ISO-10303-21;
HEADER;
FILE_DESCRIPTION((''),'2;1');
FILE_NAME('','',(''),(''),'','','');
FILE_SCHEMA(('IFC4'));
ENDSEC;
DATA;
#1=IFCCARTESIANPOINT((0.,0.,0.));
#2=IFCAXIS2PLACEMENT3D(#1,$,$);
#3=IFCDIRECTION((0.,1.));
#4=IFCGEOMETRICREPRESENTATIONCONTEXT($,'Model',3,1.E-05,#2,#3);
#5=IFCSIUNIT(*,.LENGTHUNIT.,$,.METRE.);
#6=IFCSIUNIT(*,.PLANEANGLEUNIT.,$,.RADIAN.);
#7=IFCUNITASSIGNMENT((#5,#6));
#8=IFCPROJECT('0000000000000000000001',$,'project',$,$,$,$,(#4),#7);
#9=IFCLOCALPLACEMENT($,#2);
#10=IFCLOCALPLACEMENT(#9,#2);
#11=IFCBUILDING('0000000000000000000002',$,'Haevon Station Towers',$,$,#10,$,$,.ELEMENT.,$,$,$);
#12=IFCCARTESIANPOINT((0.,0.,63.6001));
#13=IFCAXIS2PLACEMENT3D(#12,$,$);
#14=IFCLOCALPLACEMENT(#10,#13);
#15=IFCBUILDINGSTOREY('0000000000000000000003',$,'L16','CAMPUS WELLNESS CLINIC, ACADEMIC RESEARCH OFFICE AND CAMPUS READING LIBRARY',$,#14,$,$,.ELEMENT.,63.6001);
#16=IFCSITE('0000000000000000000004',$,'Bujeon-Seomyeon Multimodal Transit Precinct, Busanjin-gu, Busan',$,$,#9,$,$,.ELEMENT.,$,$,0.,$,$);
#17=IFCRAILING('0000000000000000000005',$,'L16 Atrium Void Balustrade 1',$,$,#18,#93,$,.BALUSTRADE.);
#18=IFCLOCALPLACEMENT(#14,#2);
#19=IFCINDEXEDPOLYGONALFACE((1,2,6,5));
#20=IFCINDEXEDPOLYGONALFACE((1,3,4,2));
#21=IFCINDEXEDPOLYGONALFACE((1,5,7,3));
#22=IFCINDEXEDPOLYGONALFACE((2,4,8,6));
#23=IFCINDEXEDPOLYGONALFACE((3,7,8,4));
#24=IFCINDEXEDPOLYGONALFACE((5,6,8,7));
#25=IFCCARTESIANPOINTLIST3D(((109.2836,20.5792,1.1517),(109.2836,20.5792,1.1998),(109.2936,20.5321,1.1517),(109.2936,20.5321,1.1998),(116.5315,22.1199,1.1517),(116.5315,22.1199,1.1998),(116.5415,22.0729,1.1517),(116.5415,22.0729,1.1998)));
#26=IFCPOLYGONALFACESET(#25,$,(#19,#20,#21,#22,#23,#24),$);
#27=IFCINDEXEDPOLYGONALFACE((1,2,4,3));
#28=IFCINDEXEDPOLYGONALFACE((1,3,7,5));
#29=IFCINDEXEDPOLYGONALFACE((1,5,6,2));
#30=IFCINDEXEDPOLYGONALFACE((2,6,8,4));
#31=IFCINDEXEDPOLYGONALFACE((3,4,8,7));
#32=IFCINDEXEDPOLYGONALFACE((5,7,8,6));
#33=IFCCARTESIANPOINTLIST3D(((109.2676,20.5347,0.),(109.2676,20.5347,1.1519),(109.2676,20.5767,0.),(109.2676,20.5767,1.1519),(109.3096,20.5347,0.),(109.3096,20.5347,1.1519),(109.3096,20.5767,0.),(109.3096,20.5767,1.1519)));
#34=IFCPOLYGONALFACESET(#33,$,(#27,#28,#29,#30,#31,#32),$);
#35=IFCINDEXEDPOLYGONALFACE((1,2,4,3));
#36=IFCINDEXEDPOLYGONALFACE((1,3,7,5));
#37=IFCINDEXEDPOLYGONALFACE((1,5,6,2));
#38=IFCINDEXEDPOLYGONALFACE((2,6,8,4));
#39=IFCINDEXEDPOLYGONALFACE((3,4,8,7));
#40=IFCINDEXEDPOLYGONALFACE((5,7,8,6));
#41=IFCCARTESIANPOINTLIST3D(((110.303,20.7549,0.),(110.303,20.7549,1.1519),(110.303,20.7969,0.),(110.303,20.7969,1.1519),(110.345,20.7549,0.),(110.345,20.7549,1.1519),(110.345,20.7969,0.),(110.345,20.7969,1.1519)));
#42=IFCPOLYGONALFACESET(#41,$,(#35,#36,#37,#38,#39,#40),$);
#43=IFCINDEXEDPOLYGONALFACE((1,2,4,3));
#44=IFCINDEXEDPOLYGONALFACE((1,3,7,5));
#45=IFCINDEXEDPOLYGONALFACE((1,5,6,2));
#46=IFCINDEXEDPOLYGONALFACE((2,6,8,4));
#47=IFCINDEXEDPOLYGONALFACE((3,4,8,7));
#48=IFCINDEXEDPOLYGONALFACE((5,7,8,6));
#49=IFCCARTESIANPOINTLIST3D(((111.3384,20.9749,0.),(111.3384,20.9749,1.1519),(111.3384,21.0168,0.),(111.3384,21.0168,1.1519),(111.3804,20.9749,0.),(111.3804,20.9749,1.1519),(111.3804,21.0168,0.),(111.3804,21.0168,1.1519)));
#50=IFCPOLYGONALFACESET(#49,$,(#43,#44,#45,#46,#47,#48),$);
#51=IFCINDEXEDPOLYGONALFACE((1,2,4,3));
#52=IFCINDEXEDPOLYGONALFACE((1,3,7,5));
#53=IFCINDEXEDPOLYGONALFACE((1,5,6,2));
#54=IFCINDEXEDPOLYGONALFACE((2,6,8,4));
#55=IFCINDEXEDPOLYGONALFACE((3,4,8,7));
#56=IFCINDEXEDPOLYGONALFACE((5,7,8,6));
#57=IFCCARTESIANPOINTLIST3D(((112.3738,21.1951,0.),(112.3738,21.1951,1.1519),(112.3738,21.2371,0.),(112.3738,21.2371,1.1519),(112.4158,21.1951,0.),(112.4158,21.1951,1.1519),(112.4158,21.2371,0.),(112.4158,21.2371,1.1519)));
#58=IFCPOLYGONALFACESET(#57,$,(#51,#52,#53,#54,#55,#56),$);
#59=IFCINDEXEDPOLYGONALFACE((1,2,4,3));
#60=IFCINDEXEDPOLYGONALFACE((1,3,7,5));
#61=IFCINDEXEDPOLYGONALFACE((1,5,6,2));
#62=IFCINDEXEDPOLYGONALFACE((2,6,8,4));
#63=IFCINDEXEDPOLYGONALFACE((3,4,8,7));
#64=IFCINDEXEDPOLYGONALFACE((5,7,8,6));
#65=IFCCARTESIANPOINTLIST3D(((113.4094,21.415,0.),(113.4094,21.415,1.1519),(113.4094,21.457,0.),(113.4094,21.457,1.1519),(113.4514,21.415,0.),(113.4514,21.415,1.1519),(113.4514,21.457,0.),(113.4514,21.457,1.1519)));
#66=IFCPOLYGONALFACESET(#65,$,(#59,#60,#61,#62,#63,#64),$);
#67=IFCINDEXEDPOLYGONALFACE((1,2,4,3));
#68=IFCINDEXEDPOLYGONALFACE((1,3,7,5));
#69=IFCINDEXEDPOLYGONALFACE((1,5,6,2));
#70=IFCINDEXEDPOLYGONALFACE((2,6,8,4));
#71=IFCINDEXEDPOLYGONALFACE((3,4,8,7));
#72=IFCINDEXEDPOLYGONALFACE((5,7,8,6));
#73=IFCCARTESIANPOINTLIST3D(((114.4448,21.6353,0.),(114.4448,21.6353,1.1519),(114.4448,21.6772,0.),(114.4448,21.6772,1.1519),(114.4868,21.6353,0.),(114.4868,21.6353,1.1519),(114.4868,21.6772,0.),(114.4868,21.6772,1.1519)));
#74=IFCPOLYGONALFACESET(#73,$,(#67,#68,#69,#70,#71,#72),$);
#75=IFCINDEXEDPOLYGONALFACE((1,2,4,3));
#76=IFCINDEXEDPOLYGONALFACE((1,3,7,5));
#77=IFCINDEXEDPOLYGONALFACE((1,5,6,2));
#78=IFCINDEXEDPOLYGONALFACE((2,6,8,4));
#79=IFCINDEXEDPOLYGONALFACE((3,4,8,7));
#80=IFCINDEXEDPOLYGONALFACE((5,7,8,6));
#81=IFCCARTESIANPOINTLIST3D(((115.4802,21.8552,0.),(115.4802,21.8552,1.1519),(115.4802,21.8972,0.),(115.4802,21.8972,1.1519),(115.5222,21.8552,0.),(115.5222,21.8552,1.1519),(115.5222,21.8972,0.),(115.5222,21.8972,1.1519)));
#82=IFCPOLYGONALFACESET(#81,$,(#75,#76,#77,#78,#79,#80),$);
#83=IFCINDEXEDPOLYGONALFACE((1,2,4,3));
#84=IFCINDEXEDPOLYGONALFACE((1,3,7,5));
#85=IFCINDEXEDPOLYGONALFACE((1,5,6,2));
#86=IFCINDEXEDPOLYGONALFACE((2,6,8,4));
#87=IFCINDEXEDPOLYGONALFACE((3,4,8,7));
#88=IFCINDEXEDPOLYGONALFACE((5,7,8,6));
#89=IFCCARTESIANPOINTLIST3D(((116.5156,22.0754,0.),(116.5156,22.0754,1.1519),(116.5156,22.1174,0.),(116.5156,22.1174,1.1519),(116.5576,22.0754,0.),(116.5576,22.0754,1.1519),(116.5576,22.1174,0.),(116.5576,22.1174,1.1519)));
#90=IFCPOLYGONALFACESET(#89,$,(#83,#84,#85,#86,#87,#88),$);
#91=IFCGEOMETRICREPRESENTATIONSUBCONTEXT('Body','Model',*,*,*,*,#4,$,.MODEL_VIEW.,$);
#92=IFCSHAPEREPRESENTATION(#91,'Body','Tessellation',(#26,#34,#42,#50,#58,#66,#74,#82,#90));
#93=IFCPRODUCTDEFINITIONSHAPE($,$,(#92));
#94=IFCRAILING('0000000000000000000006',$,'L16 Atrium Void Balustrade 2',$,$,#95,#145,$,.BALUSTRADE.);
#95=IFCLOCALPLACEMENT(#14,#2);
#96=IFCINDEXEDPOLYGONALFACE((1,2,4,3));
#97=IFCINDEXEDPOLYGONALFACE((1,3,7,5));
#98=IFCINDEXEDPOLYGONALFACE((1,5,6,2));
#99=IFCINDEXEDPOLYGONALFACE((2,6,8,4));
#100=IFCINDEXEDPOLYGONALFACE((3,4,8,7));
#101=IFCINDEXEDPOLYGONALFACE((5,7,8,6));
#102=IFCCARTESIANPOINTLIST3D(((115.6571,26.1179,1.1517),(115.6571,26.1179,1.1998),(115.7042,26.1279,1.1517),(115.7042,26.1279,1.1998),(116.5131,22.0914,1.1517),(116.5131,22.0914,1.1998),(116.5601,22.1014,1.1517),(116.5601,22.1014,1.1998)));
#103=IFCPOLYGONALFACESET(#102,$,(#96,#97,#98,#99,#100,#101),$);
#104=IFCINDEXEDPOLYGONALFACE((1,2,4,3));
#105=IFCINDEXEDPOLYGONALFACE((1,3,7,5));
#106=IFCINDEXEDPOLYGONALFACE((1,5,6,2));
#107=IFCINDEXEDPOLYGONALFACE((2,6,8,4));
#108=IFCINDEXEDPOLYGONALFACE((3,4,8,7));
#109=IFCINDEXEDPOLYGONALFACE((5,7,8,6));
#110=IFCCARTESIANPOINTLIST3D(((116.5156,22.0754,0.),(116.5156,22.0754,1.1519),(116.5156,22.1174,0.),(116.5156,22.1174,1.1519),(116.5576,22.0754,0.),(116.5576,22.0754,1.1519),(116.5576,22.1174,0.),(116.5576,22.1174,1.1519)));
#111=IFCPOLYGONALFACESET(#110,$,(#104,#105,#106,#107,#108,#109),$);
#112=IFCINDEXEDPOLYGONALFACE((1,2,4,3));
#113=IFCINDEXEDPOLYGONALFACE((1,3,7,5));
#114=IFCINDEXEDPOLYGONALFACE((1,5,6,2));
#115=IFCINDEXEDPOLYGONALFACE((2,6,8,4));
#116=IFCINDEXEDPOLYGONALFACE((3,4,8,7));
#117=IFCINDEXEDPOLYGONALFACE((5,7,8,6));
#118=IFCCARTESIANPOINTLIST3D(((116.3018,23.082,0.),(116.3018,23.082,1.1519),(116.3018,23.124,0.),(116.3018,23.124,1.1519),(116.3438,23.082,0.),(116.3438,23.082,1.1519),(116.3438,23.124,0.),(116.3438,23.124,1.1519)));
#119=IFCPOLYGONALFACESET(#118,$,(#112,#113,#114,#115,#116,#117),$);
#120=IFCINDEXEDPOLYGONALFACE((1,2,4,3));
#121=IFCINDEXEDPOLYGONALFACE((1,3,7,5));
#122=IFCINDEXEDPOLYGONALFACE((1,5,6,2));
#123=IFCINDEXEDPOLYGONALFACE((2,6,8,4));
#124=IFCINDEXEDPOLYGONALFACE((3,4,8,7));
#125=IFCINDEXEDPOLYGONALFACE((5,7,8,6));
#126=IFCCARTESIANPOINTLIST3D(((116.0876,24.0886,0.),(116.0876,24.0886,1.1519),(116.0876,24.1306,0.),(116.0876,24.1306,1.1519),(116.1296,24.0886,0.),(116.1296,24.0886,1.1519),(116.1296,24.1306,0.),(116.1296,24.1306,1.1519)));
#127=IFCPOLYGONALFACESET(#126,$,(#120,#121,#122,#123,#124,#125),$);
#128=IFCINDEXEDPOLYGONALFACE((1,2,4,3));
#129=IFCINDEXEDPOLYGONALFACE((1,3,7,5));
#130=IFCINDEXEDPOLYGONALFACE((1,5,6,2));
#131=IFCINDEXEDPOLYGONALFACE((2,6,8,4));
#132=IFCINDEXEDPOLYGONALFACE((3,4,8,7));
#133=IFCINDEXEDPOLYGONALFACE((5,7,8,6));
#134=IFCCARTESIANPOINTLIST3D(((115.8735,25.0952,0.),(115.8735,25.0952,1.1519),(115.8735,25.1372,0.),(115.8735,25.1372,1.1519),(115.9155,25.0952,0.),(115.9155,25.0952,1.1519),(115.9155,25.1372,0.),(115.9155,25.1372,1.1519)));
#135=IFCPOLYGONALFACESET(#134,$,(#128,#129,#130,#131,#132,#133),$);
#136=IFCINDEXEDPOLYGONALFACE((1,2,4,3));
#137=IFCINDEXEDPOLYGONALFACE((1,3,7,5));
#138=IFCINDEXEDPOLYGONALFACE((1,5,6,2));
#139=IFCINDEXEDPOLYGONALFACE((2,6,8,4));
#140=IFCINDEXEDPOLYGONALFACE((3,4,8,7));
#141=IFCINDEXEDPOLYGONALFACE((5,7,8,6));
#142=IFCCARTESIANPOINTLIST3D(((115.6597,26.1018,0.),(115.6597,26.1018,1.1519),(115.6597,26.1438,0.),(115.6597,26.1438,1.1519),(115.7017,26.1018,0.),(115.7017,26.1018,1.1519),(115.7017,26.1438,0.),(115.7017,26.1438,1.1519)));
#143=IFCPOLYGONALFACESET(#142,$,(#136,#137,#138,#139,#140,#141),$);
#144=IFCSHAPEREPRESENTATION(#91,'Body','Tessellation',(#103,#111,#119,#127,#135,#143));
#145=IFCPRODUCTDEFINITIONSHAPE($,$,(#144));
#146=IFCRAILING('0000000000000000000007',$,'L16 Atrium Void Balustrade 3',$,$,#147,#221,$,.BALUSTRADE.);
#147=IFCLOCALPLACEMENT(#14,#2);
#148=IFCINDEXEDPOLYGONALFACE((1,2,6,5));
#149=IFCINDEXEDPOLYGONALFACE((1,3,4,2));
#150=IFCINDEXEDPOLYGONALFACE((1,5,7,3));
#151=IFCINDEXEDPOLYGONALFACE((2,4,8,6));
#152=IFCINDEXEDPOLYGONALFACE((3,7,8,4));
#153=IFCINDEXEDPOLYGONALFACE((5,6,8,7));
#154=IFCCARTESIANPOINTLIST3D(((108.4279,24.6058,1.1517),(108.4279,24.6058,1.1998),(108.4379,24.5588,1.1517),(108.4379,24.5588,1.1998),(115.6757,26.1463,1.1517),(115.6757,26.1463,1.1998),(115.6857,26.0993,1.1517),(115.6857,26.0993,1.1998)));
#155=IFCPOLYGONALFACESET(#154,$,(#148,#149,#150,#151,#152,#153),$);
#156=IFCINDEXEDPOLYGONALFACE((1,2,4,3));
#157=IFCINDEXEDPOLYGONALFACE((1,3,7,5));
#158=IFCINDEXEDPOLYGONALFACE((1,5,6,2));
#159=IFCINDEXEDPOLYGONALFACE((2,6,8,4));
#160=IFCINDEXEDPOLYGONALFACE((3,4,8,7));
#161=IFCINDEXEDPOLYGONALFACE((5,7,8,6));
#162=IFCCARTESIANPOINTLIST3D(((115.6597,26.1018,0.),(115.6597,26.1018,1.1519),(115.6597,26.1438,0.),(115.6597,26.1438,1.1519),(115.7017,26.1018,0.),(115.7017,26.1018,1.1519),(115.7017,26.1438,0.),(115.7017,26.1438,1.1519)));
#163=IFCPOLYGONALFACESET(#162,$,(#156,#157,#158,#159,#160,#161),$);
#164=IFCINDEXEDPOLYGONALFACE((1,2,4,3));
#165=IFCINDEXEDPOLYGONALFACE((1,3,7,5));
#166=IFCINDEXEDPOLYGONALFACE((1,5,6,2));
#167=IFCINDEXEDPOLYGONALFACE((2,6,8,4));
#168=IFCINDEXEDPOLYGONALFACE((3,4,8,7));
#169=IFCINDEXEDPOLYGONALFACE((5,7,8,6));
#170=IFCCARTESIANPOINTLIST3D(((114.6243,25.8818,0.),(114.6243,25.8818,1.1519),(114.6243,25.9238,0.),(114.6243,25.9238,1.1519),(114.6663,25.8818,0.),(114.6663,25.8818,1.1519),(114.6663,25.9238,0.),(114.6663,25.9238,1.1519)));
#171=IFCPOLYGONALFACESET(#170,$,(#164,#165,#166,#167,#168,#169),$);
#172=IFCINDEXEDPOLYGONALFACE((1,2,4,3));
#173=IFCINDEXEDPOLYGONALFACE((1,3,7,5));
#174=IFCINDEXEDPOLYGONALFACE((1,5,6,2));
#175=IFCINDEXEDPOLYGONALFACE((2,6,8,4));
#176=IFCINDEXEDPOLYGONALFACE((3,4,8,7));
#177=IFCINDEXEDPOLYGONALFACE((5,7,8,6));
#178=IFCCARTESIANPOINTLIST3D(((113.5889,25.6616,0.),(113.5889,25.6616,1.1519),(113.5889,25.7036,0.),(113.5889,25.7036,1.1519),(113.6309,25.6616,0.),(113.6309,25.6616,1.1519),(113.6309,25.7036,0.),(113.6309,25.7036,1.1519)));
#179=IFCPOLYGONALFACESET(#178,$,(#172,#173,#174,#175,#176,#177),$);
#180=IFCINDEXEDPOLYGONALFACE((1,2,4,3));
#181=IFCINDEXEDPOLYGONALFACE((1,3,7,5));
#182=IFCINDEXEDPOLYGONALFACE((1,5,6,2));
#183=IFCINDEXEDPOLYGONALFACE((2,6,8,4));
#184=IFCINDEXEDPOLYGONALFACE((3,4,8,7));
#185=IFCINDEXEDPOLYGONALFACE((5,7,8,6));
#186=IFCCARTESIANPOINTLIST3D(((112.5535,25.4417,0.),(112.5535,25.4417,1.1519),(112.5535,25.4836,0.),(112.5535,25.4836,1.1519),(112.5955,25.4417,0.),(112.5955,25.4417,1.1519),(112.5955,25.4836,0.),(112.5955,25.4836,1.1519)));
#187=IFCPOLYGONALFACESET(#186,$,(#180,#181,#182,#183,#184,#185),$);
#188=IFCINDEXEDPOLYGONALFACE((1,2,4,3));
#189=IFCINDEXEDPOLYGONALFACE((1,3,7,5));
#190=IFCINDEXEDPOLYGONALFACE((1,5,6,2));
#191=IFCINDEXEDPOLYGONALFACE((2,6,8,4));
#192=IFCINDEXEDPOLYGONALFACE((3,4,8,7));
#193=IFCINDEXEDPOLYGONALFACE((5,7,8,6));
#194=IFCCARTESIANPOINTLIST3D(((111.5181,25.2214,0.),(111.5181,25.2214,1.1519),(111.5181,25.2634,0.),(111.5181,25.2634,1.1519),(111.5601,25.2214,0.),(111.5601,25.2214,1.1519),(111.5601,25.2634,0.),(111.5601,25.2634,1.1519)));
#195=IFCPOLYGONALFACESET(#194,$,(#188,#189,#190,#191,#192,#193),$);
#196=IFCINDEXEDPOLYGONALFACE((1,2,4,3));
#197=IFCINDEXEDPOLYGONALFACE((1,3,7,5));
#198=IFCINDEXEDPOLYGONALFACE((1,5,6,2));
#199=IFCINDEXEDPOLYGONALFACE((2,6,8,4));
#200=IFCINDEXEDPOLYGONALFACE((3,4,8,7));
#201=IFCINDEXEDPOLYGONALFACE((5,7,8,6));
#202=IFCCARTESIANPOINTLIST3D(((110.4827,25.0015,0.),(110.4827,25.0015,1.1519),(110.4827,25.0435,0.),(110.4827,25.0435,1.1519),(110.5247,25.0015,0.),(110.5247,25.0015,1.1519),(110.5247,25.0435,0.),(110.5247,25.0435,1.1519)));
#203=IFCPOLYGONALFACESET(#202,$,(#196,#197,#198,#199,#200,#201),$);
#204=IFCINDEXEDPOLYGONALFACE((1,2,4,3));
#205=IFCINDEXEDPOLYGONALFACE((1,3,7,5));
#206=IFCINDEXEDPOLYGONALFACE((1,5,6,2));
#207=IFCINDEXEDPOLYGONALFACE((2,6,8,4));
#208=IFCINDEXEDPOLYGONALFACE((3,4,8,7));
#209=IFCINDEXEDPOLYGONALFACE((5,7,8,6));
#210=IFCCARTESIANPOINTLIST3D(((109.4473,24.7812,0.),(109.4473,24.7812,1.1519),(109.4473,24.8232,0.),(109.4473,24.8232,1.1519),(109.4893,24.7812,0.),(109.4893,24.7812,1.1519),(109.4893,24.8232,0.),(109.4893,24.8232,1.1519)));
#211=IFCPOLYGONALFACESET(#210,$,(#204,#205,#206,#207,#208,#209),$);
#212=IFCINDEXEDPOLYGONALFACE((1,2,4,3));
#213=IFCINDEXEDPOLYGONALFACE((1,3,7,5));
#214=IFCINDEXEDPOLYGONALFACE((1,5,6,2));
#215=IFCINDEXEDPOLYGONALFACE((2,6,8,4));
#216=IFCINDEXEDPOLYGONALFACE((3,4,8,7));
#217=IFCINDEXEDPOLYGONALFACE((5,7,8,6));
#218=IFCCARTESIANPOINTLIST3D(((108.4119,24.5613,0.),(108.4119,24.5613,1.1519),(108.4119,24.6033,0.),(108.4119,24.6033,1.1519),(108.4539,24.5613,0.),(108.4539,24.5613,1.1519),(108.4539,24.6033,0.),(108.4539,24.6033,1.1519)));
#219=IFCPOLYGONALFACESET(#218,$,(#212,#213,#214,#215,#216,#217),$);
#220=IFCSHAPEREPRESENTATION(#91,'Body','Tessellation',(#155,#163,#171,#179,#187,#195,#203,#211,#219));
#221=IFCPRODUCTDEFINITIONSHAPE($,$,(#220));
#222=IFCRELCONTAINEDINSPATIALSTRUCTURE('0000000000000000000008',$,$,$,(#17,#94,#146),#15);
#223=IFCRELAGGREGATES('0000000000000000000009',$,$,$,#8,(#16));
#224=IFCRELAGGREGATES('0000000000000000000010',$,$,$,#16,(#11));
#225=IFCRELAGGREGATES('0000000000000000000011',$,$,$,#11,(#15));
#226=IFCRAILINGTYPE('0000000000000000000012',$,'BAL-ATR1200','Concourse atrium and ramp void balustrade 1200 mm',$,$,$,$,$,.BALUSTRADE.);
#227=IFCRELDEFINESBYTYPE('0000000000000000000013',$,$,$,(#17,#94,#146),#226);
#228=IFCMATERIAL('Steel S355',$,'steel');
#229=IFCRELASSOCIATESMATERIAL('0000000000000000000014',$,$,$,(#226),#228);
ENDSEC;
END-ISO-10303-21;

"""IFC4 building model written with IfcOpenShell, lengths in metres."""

from ifc_helpers import new_model, si_unit, direction, frame, origin, origin_2d, place, context, subcontext, project, spatial, rectangle, extrude, material, type_object, element, save


model = new_model("IFC4")

# Units and contexts
model_context = context("Model", 3, precision=1e-05, world=origin(), true_north=direction((0.0, 1.0)))
body_context = subcontext(model_context, "Body", "Model", "MODEL_VIEW")
ifc_project = project(units=[si_unit("LENGTHUNIT", "METRE"), si_unit("PLANEANGLEUNIT", "RADIAN")], contexts=[model_context])

# Site, building, storey
site_placement = place(None, origin())
site = spatial("IfcSite", under=ifc_project, at=site_placement, Name="Bujeon-Seomyeon Multimodal Transit Precinct, Busanjin-gu, Busan", CompositionType="ELEMENT", RefElevation=0.0)
building_placement = place(site_placement, origin())
building = spatial("IfcBuilding", under=site, at=building_placement, Name="Haevon Station Towers", CompositionType="ELEMENT")
storey_placement = place(building_placement, frame((0.0, 0.0, 63.6001)))
storey = spatial("IfcBuildingStorey", under=building, at=storey_placement, Name="L16", Description="CAMPUS WELLNESS CLINIC, ACADEMIC RESEARCH OFFICE AND CAMPUS READING LIBRARY", CompositionType="ELEMENT", Elevation=63.6001)

# Shared definitions
ifc_material_1 = material(Name="Steel S355", Category="steel")

# Railings
railing_type = type_object("IfcRailingType", Name="BAL-ATR1200", Description="Concourse atrium and ramp void balustrade 1200 mm", PredefinedType="BALUSTRADE", material=ifc_material_1)
railing_1_placement = place(storey_placement, frame((109.2886, 20.5557, 0.0)))
element("IfcRailing", 1, at=railing_1_placement, inside=storey, type_object=railing_type, Name="L16 Atrium Void Balustrade 1", PredefinedType="BALUSTRADE", context=body_context, shape_type="SweptSolid", body=[
    extrude(rectangle(XDim=0.0481, YDim=0.0481, at=origin_2d()), frame((0.0, 0.0, 1.1758), z_axis=(0.978143, 0.207931, 0.0), x_axis=(-0.207931, 0.978143, 0.0)), (0.0, 0.0, 1.0), 7.4099),
    extrude(rectangle(XDim=0.042, YDim=0.042, at=origin_2d()), origin(), (0.0, 0.0, 1.0), 1.1519),
    extrude(rectangle(XDim=0.042, YDim=0.042, at=origin_2d()), frame((1.0354, 0.2202, 0.0)), (0.0, 0.0, 1.0), 1.1519),
    extrude(rectangle(XDim=0.042, YDim=0.042, at=origin_2d()), frame((2.0708, 0.4402, 0.0)), (0.0, 0.0, 1.0), 1.1519),
    extrude(rectangle(XDim=0.042, YDim=0.042, at=origin_2d()), frame((3.1062, 0.6604, 0.0)), (0.0, 0.0, 1.0), 1.1519),
    extrude(rectangle(XDim=0.042, YDim=0.042, at=origin_2d()), frame((4.1418, 0.8804, 0.0)), (0.0, 0.0, 1.0), 1.1519),
    extrude(rectangle(XDim=0.042, YDim=0.042, at=origin_2d()), frame((5.1772, 1.1006, 0.0)), (0.0, 0.0, 1.0), 1.1519),
    extrude(rectangle(XDim=0.042, YDim=0.042, at=origin_2d()), frame((6.2126, 1.3206, 0.0)), (0.0, 0.0, 1.0), 1.1519),
    extrude(rectangle(XDim=0.042, YDim=0.042, at=origin_2d()), frame((7.248, 1.5408, 0.0)), (0.0, 0.0, 1.0), 1.1519),
])
railing_2_placement = place(storey_placement, frame((116.5366, 22.0964, 0.0)))
element("IfcRailing", 2, at=railing_2_placement, inside=storey, type_object=railing_type, Name="L16 Atrium Void Balustrade 2", PredefinedType="BALUSTRADE", context=body_context, shape_type="SweptSolid", body=[
    extrude(rectangle(XDim=0.0481, YDim=0.0481, at=origin_2d()), frame((0.0, 0.0, 1.1758), z_axis=(-0.207941, 0.978141, 0.0), x_axis=(-0.978141, -0.207941, 0.0)), (0.0, 0.0, 1.0), 4.1165),
    extrude(rectangle(XDim=0.042, YDim=0.042, at=origin_2d()), origin(), (0.0, 0.0, 1.0), 1.1519),
    extrude(rectangle(XDim=0.042, YDim=0.042, at=origin_2d()), frame((-0.2139, 1.0066, 0.0)), (0.0, 0.0, 1.0), 1.1519),
    extrude(rectangle(XDim=0.042, YDim=0.042, at=origin_2d()), frame((-0.428, 2.0132, 0.0)), (0.0, 0.0, 1.0), 1.1519),
    extrude(rectangle(XDim=0.042, YDim=0.042, at=origin_2d()), frame((-0.6421, 3.0198, 0.0)), (0.0, 0.0, 1.0), 1.1519),
    extrude(rectangle(XDim=0.042, YDim=0.042, at=origin_2d()), frame((-0.856, 4.0264, 0.0)), (0.0, 0.0, 1.0), 1.1519),
])
railing_3_placement = place(storey_placement, frame((115.6807, 26.1228, 0.0)))
element("IfcRailing", 3, at=railing_3_placement, inside=storey, type_object=railing_type, Name="L16 Atrium Void Balustrade 3", PredefinedType="BALUSTRADE", context=body_context, shape_type="SweptSolid", body=[
    extrude(rectangle(XDim=0.0481, YDim=0.0481, at=origin_2d()), frame((0.0, 0.0, 1.1758), z_axis=(-0.978149, -0.207906, 0.0), x_axis=(0.207906, -0.978149, 0.0)), (0.0, 0.0, 1.0), 7.4097),
    extrude(rectangle(XDim=0.042, YDim=0.042, at=origin_2d()), origin(), (0.0, 0.0, 1.0), 1.1519),
    extrude(rectangle(XDim=0.042, YDim=0.042, at=origin_2d()), frame((-1.0354, -0.22, 0.0)), (0.0, 0.0, 1.0), 1.1519),
    extrude(rectangle(XDim=0.042, YDim=0.042, at=origin_2d()), frame((-2.0708, -0.4402, 0.0)), (0.0, 0.0, 1.0), 1.1519),
    extrude(rectangle(XDim=0.042, YDim=0.042, at=origin_2d()), frame((-3.1062, -0.6602, 0.0)), (0.0, 0.0, 1.0), 1.1519),
    extrude(rectangle(XDim=0.042, YDim=0.042, at=origin_2d()), frame((-4.1416, -0.8804, 0.0)), (0.0, 0.0, 1.0), 1.1519),
    extrude(rectangle(XDim=0.042, YDim=0.042, at=origin_2d()), frame((-5.177, -1.1003, 0.0)), (0.0, 0.0, 1.0), 1.1519),
    extrude(rectangle(XDim=0.042, YDim=0.042, at=origin_2d()), frame((-6.2124, -1.3206, 0.0)), (0.0, 0.0, 1.0), 1.1519),
    extrude(rectangle(XDim=0.042, YDim=0.042, at=origin_2d()), frame((-7.2478, -1.5405, 0.0)), (0.0, 0.0, 1.0), 1.1519),
])

save(model, "model.ifc")
